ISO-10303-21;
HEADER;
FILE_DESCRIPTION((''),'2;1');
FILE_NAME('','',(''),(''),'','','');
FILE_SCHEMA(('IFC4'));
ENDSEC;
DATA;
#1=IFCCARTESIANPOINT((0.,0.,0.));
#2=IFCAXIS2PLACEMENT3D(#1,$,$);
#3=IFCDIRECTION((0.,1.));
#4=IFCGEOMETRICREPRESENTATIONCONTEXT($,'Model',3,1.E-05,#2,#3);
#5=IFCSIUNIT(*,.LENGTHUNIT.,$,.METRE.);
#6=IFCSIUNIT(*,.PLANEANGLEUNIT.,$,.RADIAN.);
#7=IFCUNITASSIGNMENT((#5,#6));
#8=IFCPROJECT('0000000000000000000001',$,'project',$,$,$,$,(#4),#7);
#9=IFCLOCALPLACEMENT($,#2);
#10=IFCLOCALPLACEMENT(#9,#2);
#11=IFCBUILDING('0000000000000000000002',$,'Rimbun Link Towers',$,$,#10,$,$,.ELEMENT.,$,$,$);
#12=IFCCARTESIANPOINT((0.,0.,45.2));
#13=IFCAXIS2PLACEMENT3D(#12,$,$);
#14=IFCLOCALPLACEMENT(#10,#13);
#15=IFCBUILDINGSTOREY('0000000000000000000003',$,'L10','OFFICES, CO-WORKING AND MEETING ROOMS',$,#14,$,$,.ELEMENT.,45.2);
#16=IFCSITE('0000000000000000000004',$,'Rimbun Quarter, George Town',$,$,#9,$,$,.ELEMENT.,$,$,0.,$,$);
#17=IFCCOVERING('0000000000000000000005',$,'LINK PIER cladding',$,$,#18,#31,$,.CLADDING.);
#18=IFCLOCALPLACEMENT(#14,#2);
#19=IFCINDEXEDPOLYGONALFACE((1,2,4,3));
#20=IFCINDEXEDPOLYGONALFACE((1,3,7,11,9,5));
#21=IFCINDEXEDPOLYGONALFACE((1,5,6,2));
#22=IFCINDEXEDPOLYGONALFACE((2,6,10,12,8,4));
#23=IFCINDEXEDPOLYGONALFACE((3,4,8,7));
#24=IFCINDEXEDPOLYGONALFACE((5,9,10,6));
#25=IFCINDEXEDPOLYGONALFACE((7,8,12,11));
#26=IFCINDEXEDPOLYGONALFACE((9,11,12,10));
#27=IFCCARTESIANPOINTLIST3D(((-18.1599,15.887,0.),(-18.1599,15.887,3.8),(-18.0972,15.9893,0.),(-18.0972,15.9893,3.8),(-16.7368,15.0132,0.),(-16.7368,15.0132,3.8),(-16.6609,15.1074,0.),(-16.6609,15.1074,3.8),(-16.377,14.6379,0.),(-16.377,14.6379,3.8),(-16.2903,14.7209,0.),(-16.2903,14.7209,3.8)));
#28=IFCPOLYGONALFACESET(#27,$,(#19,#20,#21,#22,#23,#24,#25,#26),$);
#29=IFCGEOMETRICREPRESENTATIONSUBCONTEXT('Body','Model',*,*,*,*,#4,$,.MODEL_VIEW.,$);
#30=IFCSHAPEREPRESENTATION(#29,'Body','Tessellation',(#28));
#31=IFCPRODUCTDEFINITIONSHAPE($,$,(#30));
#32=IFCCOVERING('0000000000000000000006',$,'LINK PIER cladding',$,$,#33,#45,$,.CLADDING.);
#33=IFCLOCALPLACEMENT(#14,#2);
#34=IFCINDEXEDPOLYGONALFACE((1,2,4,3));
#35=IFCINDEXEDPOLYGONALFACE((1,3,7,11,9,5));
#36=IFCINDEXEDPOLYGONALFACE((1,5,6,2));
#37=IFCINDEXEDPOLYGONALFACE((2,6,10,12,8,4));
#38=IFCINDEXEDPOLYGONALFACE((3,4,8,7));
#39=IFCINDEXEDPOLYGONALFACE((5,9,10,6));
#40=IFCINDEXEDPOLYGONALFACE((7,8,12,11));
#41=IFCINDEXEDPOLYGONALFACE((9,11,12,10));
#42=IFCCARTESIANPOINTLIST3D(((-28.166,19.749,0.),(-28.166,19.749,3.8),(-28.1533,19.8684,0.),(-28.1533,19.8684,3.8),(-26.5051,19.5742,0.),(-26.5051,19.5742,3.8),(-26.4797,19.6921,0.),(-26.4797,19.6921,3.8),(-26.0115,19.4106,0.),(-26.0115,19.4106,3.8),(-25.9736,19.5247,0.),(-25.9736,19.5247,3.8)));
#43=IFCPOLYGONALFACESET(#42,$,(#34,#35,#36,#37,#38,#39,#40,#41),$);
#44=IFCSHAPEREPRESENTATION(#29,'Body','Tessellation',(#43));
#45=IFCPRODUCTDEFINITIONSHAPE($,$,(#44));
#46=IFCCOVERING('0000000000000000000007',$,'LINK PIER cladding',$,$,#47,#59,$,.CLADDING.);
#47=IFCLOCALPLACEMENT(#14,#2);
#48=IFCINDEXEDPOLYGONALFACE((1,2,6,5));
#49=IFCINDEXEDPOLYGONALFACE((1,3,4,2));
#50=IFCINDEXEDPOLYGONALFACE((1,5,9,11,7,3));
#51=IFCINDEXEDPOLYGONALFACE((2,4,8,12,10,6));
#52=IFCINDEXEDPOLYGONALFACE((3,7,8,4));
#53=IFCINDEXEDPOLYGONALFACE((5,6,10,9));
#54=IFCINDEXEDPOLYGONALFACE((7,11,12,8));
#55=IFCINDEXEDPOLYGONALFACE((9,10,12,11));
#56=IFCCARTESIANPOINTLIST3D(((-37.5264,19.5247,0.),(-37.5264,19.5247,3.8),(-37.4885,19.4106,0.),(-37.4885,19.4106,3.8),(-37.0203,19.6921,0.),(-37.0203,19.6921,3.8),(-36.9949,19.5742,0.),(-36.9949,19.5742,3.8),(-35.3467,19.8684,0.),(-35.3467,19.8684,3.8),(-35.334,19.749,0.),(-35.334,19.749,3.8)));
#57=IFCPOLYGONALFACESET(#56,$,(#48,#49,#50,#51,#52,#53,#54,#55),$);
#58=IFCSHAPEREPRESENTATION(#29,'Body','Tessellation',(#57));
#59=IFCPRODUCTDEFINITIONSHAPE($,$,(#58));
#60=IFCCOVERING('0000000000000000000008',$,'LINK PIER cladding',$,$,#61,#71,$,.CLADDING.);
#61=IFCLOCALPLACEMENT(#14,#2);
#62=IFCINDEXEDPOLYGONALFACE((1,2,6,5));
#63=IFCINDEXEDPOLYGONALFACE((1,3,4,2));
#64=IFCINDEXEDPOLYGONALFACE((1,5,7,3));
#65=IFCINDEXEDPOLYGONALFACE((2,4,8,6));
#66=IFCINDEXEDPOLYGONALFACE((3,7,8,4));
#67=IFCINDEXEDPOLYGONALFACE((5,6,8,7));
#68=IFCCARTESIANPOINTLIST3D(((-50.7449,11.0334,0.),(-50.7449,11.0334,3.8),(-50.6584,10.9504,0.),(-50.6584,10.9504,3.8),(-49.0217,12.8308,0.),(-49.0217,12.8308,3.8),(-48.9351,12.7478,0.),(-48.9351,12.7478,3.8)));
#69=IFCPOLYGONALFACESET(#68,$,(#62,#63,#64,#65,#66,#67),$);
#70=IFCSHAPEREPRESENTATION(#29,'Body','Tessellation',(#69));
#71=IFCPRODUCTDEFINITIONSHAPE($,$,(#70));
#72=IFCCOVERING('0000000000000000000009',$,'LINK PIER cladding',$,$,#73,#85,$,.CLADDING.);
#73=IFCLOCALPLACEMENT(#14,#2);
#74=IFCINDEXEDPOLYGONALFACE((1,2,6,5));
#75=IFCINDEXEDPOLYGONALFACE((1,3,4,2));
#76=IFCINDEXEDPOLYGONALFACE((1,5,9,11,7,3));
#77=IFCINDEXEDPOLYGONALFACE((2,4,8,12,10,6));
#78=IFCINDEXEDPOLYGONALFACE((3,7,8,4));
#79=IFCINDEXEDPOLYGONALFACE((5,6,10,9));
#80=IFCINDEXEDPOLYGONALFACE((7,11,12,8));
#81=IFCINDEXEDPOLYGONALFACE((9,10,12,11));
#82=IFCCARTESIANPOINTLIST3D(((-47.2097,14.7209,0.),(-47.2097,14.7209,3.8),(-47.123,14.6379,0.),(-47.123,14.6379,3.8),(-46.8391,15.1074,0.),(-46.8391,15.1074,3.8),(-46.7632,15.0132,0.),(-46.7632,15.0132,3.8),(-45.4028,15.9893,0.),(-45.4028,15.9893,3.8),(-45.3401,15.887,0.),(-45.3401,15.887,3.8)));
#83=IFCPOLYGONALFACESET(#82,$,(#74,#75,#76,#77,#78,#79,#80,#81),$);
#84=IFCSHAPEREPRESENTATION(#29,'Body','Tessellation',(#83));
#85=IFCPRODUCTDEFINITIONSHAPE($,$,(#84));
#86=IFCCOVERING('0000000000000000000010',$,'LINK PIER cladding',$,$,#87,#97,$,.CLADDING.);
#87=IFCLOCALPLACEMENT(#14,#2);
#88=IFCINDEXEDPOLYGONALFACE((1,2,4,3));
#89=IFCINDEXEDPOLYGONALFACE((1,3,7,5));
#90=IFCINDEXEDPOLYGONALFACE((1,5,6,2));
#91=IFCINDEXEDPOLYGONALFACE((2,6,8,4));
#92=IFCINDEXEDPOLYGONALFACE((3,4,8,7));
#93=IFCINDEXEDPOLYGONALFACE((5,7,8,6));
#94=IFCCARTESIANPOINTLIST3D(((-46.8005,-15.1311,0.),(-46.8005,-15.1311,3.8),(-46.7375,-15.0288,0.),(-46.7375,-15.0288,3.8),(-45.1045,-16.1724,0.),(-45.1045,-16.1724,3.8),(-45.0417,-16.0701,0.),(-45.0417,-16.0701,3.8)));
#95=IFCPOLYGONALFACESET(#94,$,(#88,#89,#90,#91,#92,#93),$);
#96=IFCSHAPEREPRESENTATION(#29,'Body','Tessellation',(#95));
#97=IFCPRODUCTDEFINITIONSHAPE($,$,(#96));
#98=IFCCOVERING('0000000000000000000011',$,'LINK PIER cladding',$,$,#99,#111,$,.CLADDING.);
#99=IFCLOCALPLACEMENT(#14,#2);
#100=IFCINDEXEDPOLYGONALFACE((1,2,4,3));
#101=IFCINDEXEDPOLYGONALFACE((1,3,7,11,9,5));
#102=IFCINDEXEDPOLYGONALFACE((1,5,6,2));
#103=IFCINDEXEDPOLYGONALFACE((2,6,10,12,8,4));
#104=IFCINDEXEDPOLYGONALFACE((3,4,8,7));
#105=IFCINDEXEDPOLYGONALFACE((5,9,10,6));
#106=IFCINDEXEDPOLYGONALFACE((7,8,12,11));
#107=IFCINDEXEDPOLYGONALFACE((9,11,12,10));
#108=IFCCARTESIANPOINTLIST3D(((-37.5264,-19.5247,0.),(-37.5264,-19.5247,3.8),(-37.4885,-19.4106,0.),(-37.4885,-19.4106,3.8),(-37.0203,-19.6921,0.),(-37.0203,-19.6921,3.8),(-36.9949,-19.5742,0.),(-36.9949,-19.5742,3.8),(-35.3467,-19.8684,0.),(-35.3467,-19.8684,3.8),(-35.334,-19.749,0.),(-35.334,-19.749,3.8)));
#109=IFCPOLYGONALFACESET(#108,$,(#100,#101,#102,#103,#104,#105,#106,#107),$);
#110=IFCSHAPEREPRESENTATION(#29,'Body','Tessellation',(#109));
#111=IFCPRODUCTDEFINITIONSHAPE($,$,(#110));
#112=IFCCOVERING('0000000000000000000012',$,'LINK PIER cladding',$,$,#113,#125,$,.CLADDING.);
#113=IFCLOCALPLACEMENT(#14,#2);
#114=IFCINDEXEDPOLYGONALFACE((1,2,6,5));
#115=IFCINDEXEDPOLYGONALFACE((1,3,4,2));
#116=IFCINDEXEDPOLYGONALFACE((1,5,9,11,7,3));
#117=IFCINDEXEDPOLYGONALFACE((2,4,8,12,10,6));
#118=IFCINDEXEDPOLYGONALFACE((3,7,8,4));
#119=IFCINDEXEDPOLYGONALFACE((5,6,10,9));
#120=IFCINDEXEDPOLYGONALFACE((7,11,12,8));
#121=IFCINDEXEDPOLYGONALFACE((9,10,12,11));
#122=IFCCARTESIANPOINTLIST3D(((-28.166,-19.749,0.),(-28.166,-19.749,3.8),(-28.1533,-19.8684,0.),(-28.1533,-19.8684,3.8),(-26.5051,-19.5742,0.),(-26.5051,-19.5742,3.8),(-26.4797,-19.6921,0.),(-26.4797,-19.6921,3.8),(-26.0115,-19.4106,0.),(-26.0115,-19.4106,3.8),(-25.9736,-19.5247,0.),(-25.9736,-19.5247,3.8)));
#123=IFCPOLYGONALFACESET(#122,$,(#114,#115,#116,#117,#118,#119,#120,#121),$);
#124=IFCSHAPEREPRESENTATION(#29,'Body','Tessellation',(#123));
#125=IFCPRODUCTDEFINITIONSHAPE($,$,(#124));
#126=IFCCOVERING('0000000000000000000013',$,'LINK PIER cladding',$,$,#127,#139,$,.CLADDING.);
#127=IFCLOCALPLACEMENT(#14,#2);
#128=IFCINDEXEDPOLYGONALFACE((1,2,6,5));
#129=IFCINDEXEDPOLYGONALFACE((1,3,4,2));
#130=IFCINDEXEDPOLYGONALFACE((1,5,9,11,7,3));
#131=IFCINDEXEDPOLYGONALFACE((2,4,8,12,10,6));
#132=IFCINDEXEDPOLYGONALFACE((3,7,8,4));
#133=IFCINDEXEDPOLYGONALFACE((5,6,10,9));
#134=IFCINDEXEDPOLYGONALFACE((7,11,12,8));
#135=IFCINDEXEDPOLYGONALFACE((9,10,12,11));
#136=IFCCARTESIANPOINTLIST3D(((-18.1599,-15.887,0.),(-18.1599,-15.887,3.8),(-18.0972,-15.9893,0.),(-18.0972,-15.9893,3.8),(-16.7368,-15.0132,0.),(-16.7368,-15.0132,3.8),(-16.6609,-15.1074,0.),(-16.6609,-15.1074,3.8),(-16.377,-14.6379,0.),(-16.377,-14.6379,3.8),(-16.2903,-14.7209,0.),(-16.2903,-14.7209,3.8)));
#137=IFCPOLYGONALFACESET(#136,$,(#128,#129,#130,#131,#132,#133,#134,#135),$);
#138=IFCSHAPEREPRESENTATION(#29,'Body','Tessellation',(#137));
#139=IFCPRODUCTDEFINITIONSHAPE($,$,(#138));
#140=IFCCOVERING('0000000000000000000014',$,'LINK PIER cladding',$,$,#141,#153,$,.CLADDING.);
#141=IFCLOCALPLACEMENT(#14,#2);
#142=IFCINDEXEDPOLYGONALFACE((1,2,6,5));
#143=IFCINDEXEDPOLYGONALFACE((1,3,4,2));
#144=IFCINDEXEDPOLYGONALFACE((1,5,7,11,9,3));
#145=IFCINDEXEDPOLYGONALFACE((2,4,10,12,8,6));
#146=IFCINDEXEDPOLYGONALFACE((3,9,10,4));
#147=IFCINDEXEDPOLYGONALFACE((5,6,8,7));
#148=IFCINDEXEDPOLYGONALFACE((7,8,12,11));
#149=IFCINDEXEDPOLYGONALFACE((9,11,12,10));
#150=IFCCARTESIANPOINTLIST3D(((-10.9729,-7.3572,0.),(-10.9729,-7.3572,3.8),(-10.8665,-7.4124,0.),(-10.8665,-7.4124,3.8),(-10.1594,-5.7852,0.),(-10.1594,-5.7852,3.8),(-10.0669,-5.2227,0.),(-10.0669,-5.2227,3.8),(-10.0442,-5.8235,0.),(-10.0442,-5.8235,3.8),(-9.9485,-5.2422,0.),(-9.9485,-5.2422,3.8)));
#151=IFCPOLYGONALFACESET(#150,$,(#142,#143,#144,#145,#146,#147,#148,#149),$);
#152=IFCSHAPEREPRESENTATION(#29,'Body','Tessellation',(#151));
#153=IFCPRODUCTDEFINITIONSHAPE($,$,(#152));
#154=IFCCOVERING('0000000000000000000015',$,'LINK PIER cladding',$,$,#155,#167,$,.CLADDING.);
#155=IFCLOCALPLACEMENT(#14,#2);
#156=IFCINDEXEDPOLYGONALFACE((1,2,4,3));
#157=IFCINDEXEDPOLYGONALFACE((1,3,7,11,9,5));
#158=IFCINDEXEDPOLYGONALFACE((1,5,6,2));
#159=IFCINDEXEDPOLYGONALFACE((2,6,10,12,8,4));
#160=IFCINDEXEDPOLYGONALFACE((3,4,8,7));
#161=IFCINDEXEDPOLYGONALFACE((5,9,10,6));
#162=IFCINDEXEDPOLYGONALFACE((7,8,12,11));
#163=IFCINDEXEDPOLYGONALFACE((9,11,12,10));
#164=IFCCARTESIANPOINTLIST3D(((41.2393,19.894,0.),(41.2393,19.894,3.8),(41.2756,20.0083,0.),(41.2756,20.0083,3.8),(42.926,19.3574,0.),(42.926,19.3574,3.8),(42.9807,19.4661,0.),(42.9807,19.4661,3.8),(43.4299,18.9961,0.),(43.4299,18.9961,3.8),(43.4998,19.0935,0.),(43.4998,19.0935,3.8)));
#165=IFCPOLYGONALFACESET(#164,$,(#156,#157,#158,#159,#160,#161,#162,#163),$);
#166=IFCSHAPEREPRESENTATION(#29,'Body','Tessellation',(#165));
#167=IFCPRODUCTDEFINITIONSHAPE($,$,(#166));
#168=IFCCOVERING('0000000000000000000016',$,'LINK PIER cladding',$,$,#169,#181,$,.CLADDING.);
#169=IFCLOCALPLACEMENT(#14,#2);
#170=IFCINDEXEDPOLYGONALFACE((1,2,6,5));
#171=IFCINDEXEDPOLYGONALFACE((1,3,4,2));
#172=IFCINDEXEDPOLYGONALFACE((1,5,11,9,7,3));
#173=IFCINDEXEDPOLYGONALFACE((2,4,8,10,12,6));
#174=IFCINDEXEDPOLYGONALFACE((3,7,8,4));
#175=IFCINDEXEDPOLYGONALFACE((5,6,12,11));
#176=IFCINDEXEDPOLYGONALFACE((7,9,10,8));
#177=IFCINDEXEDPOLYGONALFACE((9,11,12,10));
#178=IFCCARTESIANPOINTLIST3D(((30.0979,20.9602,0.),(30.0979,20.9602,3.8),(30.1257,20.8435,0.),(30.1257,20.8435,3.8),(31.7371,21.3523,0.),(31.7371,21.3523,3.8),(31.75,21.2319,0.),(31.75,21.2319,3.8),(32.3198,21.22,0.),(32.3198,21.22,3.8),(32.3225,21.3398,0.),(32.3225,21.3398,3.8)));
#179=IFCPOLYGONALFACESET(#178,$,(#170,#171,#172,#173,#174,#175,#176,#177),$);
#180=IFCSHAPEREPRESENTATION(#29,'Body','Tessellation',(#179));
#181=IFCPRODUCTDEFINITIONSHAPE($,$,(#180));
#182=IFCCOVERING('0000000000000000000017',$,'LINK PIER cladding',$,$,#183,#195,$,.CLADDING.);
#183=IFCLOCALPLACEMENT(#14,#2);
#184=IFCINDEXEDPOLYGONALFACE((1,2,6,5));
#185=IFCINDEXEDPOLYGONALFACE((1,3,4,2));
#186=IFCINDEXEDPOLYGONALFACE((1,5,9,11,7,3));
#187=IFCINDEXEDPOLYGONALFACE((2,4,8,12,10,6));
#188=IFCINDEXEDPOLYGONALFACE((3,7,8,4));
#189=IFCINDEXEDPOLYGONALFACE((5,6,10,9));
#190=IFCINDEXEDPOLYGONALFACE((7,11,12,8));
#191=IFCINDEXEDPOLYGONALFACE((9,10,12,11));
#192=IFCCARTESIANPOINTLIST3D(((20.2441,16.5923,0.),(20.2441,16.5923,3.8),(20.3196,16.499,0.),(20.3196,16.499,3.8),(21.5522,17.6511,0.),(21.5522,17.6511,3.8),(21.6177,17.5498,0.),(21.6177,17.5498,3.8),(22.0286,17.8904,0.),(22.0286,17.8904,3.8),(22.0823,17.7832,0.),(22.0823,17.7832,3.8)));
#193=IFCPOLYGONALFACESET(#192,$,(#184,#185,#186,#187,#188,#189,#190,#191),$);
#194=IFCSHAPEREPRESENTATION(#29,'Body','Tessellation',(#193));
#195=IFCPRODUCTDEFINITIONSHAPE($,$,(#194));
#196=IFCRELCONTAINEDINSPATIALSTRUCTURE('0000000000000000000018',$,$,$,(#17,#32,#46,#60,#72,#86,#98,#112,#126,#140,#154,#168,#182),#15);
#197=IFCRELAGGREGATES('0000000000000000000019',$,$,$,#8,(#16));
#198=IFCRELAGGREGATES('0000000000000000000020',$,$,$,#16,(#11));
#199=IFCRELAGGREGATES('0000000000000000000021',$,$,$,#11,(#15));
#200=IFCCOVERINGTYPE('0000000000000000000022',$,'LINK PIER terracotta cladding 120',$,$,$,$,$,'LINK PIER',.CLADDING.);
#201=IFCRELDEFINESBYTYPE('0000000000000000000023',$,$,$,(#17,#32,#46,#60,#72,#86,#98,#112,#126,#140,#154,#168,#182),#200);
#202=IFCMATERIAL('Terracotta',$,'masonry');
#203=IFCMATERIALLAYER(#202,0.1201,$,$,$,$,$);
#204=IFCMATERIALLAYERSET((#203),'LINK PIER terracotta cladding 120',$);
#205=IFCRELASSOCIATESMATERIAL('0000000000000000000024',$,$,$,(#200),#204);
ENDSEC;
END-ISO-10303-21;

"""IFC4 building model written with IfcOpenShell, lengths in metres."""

from ifc_helpers import new_model, si_unit, direction, frame, origin, place, context, subcontext, project, spatial, polyline, outline, extrude, material, layer, layer_set, type_object, element, save


model = new_model("IFC4")

# Units and contexts
model_context = context("Model", 3, precision=1e-05, world=origin(), true_north=direction((0.0, 1.0)))
body_context = subcontext(model_context, "Body", "Model", "MODEL_VIEW")
ifc_project = project(units=[si_unit("LENGTHUNIT", "METRE"), si_unit("PLANEANGLEUNIT", "RADIAN")], contexts=[model_context])

# Site, building, storey
site_placement = place(None, origin())
site = spatial("IfcSite", under=ifc_project, at=site_placement, Name="Rimbun Quarter, George Town", CompositionType="ELEMENT", RefElevation=0.0)
building_placement = place(site_placement, origin())
building = spatial("IfcBuilding", under=site, at=building_placement, Name="Rimbun Link Towers", CompositionType="ELEMENT")
storey_placement = place(building_placement, frame((0.0, 0.0, 45.2)))
storey = spatial("IfcBuildingStorey", under=building, at=storey_placement, Name="L10", Description="OFFICES, CO-WORKING AND MEETING ROOMS", CompositionType="ELEMENT", Elevation=45.2)

# Coverings
ifc_material_1 = material(Name="Terracotta", Category="masonry")
ifc_layer_1 = layer(ifc_material_1, 0.1201)
ifc_layer_set_1 = layer_set([ifc_layer_1], Name="LINK PIER terracotta cladding 120")
covering_type_1 = type_object("IfcCoveringType", Name="LINK PIER terracotta cladding 120", ElementType="LINK PIER", PredefinedType="CLADDING", material=ifc_layer_set_1)
covering_1_placement = place(storey_placement, origin())
element("IfcCovering", 1, at=covering_1_placement, inside=storey, type_object=covering_type_1, Name="LINK PIER cladding", PredefinedType="CLADDING", context=body_context, shape_type="SweptSolid", body=[
    extrude(outline(polyline([(-18.1599, 15.887), (-16.7368, 15.0132), (-16.377, 14.6379), (-16.2903, 14.7209), (-16.6609, 15.1074), (-18.0972, 15.9893), (-18.1599, 15.887)])), origin(), (0.0, 0.0, 1.0), 3.8),
])
covering_2_placement = place(storey_placement, origin())
element("IfcCovering", 2, at=covering_2_placement, inside=storey, type_object=covering_type_1, Name="LINK PIER cladding", PredefinedType="CLADDING", context=body_context, shape_type="SweptSolid", body=[
    extrude(outline(polyline([(-28.166, 19.749), (-26.5051, 19.5742), (-26.0115, 19.4106), (-25.9736, 19.5247), (-26.4797, 19.6921), (-28.1533, 19.8684), (-28.166, 19.749)])), origin(), (0.0, 0.0, 1.0), 3.8),
])
covering_3_placement = place(storey_placement, origin())
element("IfcCovering", 3, at=covering_3_placement, inside=storey, type_object=covering_type_1, Name="LINK PIER cladding", PredefinedType="CLADDING", context=body_context, shape_type="SweptSolid", body=[
    extrude(outline(polyline([(-37.4885, 19.4106), (-36.9949, 19.5742), (-35.334, 19.749), (-35.3467, 19.8684), (-37.0203, 19.6921), (-37.5264, 19.5247), (-37.4885, 19.4106)])), origin(), (0.0, 0.0, 1.0), 3.8),
])
covering_4_placement = place(storey_placement, origin())
element("IfcCovering", 4, at=covering_4_placement, inside=storey, type_object=covering_type_1, Name="LINK PIER cladding", PredefinedType="CLADDING", context=body_context, shape_type="SweptSolid", body=[
    extrude(outline(polyline([(-50.6584, 10.9504), (-48.9351, 12.7478), (-49.0217, 12.8308), (-50.7449, 11.0334), (-50.6584, 10.9504)])), origin(), (0.0, 0.0, 1.0), 3.8),
])
covering_5_placement = place(storey_placement, origin())
element("IfcCovering", 5, at=covering_5_placement, inside=storey, type_object=covering_type_1, Name="LINK PIER cladding", PredefinedType="CLADDING", context=body_context, shape_type="SweptSolid", body=[
    extrude(outline(polyline([(-47.123, 14.6379), (-46.7632, 15.0132), (-45.3401, 15.887), (-45.4028, 15.9893), (-46.8391, 15.1074), (-47.2097, 14.7209), (-47.123, 14.6379)])), origin(), (0.0, 0.0, 1.0), 3.8),
])
covering_6_placement = place(storey_placement, origin())
element("IfcCovering", 6, at=covering_6_placement, inside=storey, type_object=covering_type_1, Name="LINK PIER cladding", PredefinedType="CLADDING", context=body_context, shape_type="SweptSolid", body=[
    extrude(outline(polyline([(-45.0417, -16.0701), (-46.7375, -15.0288), (-46.8005, -15.1311), (-45.1045, -16.1724), (-45.0417, -16.0701)])), origin(), (0.0, 0.0, 1.0), 3.8),
])
covering_7_placement = place(storey_placement, origin())
element("IfcCovering", 7, at=covering_7_placement, inside=storey, type_object=covering_type_1, Name="LINK PIER cladding", PredefinedType="CLADDING", context=body_context, shape_type="SweptSolid", body=[
    extrude(outline(polyline([(-35.334, -19.749), (-36.9949, -19.5742), (-37.4885, -19.4106), (-37.5264, -19.5247), (-37.0203, -19.6921), (-35.3467, -19.8684), (-35.334, -19.749)])), origin(), (0.0, 0.0, 1.0), 3.8),
])
covering_8_placement = place(storey_placement, origin())
element("IfcCovering", 8, at=covering_8_placement, inside=storey, type_object=covering_type_1, Name="LINK PIER cladding", PredefinedType="CLADDING", context=body_context, shape_type="SweptSolid", body=[
    extrude(outline(polyline([(-26.0115, -19.4106), (-26.5051, -19.5742), (-28.166, -19.749), (-28.1533, -19.8684), (-26.4797, -19.6921), (-25.9736, -19.5247), (-26.0115, -19.4106)])), origin(), (0.0, 0.0, 1.0), 3.8),
])
covering_9_placement = place(storey_placement, origin())
element("IfcCovering", 9, at=covering_9_placement, inside=storey, type_object=covering_type_1, Name="LINK PIER cladding", PredefinedType="CLADDING", context=body_context, shape_type="SweptSolid", body=[
    extrude(outline(polyline([(-16.377, -14.6379), (-16.7368, -15.0132), (-18.1599, -15.887), (-18.0972, -15.9893), (-16.6609, -15.1074), (-16.2903, -14.7209), (-16.377, -14.6379)])), origin(), (0.0, 0.0, 1.0), 3.8),
])
covering_10_placement = place(storey_placement, origin())
element("IfcCovering", 10, at=covering_10_placement, inside=storey, type_object=covering_type_1, Name="LINK PIER cladding", PredefinedType="CLADDING", context=body_context, shape_type="SweptSolid", body=[
    extrude(outline(polyline([(-10.0669, -5.2227), (-10.1594, -5.7852), (-10.9729, -7.3572), (-10.8665, -7.4124), (-10.0442, -5.8235), (-9.9485, -5.2422), (-10.0669, -5.2227)])), origin(), (0.0, 0.0, 1.0), 3.8),
])
covering_11_placement = place(storey_placement, origin())
element("IfcCovering", 11, at=covering_11_placement, inside=storey, type_object=covering_type_1, Name="LINK PIER cladding", PredefinedType="CLADDING", context=body_context, shape_type="SweptSolid", body=[
    extrude(outline(polyline([(41.2393, 19.894), (42.926, 19.3574), (43.4299, 18.9961), (43.4998, 19.0935), (42.9807, 19.4661), (41.2756, 20.0083), (41.2393, 19.894)])), origin(), (0.0, 0.0, 1.0), 3.8),
])
covering_12_placement = place(storey_placement, origin())
element("IfcCovering", 12, at=covering_12_placement, inside=storey, type_object=covering_type_1, Name="LINK PIER cladding", PredefinedType="CLADDING", context=body_context, shape_type="SweptSolid", body=[
    extrude(outline(polyline([(30.1257, 20.8435), (31.75, 21.2319), (32.3198, 21.22), (32.3225, 21.3398), (31.7371, 21.3523), (30.0979, 20.9602), (30.1257, 20.8435)])), origin(), (0.0, 0.0, 1.0), 3.8),
])
covering_13_placement = place(storey_placement, origin())
element("IfcCovering", 13, at=covering_13_placement, inside=storey, type_object=covering_type_1, Name="LINK PIER cladding", PredefinedType="CLADDING", context=body_context, shape_type="SweptSolid", body=[
    extrude(outline(polyline([(20.3196, 16.499), (21.6177, 17.5498), (22.0823, 17.7832), (22.0286, 17.8904), (21.5522, 17.6511), (20.2441, 16.5923), (20.3196, 16.499)])), origin(), (0.0, 0.0, 1.0), 3.8),
])

save(model, "model.ifc")
